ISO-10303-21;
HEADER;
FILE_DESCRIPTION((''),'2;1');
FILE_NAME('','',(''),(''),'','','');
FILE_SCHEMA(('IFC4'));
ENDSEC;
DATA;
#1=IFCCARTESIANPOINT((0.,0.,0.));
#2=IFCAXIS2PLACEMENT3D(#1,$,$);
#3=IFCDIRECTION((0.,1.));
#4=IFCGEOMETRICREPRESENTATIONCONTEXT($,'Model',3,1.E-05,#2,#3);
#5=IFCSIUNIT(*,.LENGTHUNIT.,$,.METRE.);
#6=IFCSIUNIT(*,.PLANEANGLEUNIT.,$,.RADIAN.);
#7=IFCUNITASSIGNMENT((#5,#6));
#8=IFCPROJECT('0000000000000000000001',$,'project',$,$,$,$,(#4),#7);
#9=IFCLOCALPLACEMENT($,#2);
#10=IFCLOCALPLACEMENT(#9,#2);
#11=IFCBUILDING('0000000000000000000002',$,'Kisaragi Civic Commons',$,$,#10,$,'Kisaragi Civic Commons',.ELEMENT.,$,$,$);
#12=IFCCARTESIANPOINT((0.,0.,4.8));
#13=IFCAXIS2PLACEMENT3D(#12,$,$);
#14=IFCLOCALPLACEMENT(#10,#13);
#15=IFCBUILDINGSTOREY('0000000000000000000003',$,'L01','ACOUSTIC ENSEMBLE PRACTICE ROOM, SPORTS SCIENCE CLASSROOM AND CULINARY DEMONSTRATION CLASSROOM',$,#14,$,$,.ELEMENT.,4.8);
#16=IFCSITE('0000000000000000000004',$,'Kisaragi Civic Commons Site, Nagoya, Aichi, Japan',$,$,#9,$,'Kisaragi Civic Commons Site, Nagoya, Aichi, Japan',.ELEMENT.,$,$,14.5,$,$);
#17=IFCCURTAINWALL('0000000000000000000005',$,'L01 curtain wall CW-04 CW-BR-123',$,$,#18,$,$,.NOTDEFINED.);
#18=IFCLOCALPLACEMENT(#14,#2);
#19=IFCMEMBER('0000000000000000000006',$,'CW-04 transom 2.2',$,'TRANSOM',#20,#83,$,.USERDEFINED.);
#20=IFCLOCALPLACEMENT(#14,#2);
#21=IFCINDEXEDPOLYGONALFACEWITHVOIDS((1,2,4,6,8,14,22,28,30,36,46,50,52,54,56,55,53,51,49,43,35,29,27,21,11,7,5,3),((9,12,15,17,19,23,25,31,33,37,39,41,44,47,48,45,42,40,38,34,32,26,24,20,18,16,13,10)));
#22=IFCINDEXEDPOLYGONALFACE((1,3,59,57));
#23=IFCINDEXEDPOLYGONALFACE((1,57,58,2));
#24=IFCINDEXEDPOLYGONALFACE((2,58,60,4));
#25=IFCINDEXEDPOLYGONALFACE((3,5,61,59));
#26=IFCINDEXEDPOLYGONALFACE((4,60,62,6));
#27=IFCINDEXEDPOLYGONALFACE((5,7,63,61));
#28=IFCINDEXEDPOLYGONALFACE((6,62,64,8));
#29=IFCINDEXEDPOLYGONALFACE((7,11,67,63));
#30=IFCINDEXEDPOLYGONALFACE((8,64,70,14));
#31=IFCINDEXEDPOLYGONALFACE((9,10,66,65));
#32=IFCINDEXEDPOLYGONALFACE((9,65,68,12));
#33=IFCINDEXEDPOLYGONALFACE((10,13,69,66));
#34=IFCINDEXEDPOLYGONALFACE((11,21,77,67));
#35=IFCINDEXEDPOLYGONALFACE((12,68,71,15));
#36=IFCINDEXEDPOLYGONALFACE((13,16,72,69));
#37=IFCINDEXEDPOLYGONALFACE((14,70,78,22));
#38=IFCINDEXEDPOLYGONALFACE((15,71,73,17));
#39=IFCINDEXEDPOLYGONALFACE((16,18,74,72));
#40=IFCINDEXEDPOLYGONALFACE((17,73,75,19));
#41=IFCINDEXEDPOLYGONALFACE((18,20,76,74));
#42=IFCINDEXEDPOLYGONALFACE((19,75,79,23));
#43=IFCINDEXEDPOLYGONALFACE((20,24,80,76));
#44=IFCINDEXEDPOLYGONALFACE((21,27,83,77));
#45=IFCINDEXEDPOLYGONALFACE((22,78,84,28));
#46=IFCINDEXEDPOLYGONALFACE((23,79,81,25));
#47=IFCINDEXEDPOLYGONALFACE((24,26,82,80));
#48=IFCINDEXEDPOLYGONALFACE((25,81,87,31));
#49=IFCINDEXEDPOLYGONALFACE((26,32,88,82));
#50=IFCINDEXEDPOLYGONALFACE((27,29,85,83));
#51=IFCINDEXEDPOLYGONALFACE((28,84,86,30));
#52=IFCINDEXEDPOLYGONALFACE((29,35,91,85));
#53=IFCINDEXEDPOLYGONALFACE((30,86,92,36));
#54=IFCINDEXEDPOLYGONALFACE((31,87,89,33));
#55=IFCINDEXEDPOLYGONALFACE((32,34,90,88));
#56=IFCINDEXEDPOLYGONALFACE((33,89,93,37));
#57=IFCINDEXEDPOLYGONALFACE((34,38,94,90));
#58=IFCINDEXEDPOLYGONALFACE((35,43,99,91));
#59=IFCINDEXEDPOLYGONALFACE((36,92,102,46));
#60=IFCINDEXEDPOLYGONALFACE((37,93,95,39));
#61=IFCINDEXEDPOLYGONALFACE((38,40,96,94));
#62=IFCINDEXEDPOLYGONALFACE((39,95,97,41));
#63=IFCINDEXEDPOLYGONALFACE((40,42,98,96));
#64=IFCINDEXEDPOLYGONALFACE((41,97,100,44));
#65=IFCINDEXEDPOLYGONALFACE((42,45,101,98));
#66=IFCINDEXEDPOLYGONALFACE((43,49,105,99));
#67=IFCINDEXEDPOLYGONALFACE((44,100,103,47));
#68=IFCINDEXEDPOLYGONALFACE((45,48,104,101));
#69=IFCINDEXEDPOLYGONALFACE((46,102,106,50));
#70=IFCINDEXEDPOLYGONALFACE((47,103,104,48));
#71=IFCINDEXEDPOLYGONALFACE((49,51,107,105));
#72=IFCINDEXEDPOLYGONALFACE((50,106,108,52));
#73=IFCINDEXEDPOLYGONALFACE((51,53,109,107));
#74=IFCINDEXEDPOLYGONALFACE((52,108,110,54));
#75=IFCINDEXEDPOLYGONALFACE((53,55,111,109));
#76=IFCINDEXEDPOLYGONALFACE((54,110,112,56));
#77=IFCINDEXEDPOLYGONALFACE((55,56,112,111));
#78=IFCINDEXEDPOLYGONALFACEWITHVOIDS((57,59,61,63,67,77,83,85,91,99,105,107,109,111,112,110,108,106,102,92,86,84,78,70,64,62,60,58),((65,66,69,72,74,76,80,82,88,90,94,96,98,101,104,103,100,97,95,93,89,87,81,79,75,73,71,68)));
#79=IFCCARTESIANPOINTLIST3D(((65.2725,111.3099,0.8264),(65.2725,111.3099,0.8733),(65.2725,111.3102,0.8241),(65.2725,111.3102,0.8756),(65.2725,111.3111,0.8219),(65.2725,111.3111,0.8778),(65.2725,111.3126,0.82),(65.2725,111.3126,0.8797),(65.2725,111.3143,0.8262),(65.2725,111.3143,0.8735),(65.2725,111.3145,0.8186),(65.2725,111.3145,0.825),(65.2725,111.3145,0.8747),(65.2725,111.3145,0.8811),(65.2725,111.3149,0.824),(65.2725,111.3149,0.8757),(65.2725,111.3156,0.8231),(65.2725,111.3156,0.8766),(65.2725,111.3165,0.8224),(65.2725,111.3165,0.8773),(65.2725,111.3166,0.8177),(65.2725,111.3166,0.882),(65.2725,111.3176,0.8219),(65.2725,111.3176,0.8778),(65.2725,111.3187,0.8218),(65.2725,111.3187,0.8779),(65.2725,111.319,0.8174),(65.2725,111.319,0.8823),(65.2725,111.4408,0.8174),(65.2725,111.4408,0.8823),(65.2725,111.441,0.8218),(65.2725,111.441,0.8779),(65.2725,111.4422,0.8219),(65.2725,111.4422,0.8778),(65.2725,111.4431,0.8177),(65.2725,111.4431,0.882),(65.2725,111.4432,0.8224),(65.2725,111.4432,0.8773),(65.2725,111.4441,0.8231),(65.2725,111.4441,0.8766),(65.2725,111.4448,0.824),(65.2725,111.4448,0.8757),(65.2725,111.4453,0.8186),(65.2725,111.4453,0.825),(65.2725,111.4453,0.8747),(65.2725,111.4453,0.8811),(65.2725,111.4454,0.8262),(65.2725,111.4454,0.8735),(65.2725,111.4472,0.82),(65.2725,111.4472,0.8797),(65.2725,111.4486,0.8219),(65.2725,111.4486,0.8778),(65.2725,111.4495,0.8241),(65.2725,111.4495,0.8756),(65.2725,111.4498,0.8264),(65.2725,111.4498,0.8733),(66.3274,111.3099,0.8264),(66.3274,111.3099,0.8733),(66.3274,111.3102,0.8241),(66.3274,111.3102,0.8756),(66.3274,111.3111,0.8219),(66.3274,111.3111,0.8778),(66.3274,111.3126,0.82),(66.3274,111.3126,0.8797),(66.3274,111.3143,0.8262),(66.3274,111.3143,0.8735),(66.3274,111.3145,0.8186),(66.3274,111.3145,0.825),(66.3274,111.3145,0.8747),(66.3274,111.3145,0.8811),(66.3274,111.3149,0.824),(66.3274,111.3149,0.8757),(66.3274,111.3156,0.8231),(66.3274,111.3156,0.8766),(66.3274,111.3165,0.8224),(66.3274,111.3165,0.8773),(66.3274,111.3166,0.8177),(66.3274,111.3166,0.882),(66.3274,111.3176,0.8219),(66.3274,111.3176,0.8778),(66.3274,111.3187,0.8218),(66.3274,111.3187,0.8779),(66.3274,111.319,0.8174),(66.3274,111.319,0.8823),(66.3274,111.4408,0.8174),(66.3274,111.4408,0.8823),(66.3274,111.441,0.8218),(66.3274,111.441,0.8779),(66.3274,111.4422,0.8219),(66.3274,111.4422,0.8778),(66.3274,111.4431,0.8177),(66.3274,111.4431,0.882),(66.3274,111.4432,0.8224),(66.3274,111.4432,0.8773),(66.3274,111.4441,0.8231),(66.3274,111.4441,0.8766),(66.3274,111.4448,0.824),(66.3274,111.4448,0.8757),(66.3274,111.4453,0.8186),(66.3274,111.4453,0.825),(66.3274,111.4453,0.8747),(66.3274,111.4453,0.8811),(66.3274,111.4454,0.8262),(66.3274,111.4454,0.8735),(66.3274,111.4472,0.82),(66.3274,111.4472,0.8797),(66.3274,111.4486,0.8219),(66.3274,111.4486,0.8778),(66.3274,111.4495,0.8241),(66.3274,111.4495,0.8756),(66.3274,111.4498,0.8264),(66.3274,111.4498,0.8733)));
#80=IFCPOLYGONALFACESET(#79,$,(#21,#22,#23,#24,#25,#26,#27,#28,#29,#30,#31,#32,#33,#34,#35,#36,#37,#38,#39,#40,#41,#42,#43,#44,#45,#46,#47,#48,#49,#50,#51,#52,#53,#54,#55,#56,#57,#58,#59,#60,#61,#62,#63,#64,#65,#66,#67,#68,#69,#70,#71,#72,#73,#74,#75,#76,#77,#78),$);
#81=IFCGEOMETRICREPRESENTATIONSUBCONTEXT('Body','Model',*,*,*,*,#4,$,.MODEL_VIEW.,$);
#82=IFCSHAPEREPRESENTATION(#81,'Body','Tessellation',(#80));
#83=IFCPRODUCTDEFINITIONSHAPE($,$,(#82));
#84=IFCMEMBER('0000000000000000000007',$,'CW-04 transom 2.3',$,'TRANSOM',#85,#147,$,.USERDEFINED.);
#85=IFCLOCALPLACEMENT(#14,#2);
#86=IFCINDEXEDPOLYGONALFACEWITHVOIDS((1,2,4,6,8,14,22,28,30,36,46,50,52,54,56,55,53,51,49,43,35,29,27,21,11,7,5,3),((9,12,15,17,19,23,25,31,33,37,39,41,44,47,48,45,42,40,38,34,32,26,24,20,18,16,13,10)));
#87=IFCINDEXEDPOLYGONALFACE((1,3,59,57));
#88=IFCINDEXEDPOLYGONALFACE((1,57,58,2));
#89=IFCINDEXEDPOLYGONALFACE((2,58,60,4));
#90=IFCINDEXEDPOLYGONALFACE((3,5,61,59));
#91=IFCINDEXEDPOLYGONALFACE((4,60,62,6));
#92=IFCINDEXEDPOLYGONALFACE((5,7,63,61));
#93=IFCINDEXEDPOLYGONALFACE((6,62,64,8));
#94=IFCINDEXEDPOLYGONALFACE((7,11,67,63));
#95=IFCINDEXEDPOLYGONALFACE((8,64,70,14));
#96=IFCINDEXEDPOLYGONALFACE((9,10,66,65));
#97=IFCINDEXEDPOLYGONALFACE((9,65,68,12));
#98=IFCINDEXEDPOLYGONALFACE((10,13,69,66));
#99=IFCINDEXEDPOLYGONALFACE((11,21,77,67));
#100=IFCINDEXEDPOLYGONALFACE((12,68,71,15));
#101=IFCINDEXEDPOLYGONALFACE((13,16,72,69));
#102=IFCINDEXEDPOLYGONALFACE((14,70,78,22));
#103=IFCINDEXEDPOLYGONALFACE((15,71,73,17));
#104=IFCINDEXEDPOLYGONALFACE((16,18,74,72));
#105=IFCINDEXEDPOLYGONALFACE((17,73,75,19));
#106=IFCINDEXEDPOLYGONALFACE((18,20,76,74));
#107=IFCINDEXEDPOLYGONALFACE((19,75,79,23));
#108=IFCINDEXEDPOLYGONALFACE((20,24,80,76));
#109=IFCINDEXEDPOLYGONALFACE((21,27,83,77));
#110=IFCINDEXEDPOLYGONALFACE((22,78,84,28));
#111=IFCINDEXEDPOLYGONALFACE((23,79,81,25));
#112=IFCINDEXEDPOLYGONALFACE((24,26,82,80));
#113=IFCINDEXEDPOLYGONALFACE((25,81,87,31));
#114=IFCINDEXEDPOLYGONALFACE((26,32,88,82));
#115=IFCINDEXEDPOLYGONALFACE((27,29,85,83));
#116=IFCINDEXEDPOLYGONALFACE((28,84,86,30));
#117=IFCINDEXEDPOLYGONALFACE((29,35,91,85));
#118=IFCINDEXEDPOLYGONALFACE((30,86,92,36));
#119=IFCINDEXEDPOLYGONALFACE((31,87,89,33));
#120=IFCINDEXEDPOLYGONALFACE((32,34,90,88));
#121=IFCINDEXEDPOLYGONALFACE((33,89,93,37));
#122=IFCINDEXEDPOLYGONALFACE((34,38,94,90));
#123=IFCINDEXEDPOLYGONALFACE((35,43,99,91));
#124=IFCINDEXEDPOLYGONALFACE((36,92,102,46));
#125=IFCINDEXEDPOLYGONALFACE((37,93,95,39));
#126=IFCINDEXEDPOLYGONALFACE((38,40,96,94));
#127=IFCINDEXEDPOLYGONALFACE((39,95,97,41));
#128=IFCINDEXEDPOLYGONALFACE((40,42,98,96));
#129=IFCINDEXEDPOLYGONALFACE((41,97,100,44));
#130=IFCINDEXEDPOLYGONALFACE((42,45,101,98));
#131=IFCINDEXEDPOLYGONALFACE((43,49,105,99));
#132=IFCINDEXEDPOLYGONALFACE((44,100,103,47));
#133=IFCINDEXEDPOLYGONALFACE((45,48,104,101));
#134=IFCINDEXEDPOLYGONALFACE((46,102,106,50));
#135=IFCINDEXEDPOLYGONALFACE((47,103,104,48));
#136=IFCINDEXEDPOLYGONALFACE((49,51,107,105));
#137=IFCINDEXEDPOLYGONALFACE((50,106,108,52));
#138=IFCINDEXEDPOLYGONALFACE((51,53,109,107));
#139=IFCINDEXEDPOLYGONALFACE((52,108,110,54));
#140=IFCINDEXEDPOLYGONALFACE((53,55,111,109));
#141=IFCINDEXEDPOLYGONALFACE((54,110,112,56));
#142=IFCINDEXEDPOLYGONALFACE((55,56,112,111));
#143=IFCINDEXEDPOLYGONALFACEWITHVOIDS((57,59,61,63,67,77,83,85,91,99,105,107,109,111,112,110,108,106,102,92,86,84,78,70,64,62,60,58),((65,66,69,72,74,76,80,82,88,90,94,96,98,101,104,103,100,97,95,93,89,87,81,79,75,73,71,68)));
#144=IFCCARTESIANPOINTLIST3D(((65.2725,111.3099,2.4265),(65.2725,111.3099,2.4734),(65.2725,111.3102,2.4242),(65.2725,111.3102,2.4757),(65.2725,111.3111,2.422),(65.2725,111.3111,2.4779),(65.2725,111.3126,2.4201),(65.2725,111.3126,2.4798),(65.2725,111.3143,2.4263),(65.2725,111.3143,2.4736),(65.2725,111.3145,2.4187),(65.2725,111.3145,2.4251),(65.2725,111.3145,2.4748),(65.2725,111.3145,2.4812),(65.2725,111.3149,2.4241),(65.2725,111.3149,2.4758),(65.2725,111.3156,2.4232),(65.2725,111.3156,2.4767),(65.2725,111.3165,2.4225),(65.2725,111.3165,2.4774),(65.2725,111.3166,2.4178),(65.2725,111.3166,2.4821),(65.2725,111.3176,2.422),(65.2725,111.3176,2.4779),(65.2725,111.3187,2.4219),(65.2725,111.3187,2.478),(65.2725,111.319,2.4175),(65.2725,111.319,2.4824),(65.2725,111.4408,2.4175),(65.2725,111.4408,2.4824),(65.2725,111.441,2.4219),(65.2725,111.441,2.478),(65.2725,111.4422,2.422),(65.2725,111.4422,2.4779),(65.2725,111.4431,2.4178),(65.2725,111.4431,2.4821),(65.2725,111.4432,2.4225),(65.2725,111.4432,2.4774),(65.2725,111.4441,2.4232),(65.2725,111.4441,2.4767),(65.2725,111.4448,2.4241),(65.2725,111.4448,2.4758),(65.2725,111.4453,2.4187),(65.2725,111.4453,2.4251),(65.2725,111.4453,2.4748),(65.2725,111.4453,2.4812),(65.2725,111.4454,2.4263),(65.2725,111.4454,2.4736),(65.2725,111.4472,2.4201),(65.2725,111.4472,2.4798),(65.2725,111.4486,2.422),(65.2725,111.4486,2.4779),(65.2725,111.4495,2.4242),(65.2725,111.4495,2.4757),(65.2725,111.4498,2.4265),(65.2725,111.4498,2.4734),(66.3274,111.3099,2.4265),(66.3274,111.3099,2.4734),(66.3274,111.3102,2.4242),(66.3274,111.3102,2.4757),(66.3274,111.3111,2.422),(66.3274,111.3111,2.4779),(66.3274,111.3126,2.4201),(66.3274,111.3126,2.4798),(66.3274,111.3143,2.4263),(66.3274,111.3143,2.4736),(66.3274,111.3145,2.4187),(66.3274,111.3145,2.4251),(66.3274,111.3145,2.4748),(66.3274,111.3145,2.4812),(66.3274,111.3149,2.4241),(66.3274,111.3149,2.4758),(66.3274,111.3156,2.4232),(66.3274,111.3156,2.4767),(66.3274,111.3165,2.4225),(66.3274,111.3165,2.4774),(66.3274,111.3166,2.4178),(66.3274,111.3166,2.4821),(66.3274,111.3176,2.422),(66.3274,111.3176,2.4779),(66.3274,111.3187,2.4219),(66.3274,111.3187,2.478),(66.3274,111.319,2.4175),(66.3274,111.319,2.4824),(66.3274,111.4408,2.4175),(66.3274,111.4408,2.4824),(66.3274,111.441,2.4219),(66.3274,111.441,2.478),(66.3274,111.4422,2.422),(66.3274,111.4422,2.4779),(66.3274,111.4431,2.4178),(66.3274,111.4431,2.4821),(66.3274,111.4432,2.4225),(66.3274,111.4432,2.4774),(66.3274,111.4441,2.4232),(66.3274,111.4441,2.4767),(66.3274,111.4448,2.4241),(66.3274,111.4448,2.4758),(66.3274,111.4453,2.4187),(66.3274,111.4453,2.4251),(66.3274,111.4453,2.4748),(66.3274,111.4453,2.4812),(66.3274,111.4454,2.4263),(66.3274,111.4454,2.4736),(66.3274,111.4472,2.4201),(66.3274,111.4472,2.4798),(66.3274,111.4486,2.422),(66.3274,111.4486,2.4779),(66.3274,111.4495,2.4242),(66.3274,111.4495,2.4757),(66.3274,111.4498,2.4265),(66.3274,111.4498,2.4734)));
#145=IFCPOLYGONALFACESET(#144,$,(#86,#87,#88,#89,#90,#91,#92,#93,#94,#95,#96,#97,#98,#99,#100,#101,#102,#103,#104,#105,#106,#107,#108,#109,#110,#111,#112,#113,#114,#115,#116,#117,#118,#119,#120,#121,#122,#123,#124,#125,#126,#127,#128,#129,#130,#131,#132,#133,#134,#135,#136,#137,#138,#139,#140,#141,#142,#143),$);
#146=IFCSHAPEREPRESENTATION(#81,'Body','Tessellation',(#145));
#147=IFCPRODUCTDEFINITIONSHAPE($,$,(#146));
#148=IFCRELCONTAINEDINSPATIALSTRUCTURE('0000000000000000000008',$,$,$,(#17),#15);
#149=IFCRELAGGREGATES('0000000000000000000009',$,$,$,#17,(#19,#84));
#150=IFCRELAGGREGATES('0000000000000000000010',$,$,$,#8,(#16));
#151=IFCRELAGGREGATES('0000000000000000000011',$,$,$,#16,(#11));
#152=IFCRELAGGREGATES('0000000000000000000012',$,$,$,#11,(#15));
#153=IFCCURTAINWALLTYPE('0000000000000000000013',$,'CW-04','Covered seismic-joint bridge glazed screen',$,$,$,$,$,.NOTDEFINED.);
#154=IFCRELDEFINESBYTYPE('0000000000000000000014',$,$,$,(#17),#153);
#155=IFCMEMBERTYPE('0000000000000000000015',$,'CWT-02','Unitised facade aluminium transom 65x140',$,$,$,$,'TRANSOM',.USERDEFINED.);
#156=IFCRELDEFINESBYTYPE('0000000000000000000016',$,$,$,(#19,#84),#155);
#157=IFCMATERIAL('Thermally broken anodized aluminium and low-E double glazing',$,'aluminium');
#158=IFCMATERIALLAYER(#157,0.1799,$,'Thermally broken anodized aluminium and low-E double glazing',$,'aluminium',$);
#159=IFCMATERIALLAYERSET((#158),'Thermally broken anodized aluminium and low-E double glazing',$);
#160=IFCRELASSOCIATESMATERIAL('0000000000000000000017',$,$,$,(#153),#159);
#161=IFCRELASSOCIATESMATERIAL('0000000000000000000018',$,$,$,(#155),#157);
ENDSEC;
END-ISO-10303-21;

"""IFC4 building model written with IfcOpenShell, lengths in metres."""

from ifc_helpers import new_model, si_unit, direction, frame, origin, origin_2d, place, context, subcontext, project, spatial, hollow_rectangle, extrude, material, layer, layer_set, material_profile, profile_set, type_object, element, aggregate, save


model = new_model("IFC4")

# Units and contexts
model_context = context("Model", 3, precision=1e-05, world=origin(), true_north=direction((0.0, 1.0)))
body_context = subcontext(model_context, "Body", "Model", "MODEL_VIEW")
ifc_project = project(units=[si_unit("LENGTHUNIT", "METRE"), si_unit("PLANEANGLEUNIT", "RADIAN")], contexts=[model_context])

# Site, building, storey
site_placement = place(None, origin())
site = spatial("IfcSite", under=ifc_project, at=site_placement, Name="Kisaragi Civic Commons Site, Nagoya, Aichi, Japan", LongName="Kisaragi Civic Commons Site, Nagoya, Aichi, Japan", CompositionType="ELEMENT", RefElevation=14.5)
building_placement = place(site_placement, origin())
building = spatial("IfcBuilding", under=site, at=building_placement, Name="Kisaragi Civic Commons", LongName="Kisaragi Civic Commons", CompositionType="ELEMENT")
storey_placement = place(building_placement, frame((0.0, 0.0, 4.8)))
storey = spatial("IfcBuildingStorey", under=building, at=storey_placement, Name="L01", Description="ACOUSTIC ENSEMBLE PRACTICE ROOM, SPORTS SCIENCE CLASSROOM AND CULINARY DEMONSTRATION CLASSROOM", CompositionType="ELEMENT", Elevation=4.8)

# Curtain wall
ifc_material_1 = material(Name="Thermally broken anodized aluminium and low-E double glazing", Category="aluminium")
ifc_layer_1 = layer(ifc_material_1, 0.1799, Name="Thermally broken anodized aluminium and low-E double glazing", Category="aluminium")
ifc_layer_set_1 = layer_set([ifc_layer_1], Name="Thermally broken anodized aluminium and low-E double glazing")
curtain_wall_type = type_object("IfcCurtainWallType", Name="CW-04", Description="Covered seismic-joint bridge glazed screen", PredefinedType="NOTDEFINED", material=ifc_layer_set_1)
curtain_wall_1_placement = place(storey_placement, origin())
curtain_wall_1 = element("IfcCurtainWall", 1, at=curtain_wall_1_placement, inside=storey, type_object=curtain_wall_type, Name="L01 curtain wall CW-04 CW-BR-123", PredefinedType="NOTDEFINED")

# Members
ifc_material_profile_1 = material_profile(ifc_material_1, hollow_rectangle(XDim=0.1399, YDim=0.0649, WallThickness=0.0044, InnerFilletRadius=0.0044, OuterFilletRadius=0.009, at=origin_2d()), Name="CWT-65x140x4.5", Category="aluminium")
ifc_profile_set_1 = profile_set([ifc_material_profile_1], Name="Thermally broken anodized aluminium and low-E double glazing")
member_type_1 = type_object("IfcMemberType", Name="CWT-02", Description="Unitised facade aluminium transom 65x140", ElementType="TRANSOM", PredefinedType="USERDEFINED", material=ifc_profile_set_1)
member_1_placement = place(storey_placement, frame((65.2725, 111.3799, 0.8499), z_axis=(1.0, 0.0, 0.0), x_axis=(0.0, 1.0, 0.0)))
member_1 = element("IfcMember", 2, at=member_1_placement, type_object=member_type_1, Name="CW-04 transom 2.2", ObjectType="TRANSOM", PredefinedType="USERDEFINED", context=body_context, shape_type="SweptSolid", body=[
    extrude(hollow_rectangle(XDim=0.1399, YDim=0.0649, WallThickness=0.0044, InnerFilletRadius=0.0044, OuterFilletRadius=0.009, at=origin_2d()), origin(), (0.0, 0.0, 1.0), 1.0549),
])
member_2_placement = place(storey_placement, frame((65.2725, 111.3799, 2.45), z_axis=(1.0, 0.0, 0.0), x_axis=(0.0, 1.0, 0.0)))
member_2 = element("IfcMember", 3, at=member_2_placement, type_object=member_type_1, Name="CW-04 transom 2.3", ObjectType="TRANSOM", PredefinedType="USERDEFINED", context=body_context, shape_type="SweptSolid", body=[
    extrude(hollow_rectangle(XDim=0.1399, YDim=0.0649, WallThickness=0.0044, InnerFilletRadius=0.0044, OuterFilletRadius=0.009, at=origin_2d()), origin(), (0.0, 0.0, 1.0), 1.0549),
])

aggregate(curtain_wall_1, [member_1, member_2])

save(model, "model.ifc")
